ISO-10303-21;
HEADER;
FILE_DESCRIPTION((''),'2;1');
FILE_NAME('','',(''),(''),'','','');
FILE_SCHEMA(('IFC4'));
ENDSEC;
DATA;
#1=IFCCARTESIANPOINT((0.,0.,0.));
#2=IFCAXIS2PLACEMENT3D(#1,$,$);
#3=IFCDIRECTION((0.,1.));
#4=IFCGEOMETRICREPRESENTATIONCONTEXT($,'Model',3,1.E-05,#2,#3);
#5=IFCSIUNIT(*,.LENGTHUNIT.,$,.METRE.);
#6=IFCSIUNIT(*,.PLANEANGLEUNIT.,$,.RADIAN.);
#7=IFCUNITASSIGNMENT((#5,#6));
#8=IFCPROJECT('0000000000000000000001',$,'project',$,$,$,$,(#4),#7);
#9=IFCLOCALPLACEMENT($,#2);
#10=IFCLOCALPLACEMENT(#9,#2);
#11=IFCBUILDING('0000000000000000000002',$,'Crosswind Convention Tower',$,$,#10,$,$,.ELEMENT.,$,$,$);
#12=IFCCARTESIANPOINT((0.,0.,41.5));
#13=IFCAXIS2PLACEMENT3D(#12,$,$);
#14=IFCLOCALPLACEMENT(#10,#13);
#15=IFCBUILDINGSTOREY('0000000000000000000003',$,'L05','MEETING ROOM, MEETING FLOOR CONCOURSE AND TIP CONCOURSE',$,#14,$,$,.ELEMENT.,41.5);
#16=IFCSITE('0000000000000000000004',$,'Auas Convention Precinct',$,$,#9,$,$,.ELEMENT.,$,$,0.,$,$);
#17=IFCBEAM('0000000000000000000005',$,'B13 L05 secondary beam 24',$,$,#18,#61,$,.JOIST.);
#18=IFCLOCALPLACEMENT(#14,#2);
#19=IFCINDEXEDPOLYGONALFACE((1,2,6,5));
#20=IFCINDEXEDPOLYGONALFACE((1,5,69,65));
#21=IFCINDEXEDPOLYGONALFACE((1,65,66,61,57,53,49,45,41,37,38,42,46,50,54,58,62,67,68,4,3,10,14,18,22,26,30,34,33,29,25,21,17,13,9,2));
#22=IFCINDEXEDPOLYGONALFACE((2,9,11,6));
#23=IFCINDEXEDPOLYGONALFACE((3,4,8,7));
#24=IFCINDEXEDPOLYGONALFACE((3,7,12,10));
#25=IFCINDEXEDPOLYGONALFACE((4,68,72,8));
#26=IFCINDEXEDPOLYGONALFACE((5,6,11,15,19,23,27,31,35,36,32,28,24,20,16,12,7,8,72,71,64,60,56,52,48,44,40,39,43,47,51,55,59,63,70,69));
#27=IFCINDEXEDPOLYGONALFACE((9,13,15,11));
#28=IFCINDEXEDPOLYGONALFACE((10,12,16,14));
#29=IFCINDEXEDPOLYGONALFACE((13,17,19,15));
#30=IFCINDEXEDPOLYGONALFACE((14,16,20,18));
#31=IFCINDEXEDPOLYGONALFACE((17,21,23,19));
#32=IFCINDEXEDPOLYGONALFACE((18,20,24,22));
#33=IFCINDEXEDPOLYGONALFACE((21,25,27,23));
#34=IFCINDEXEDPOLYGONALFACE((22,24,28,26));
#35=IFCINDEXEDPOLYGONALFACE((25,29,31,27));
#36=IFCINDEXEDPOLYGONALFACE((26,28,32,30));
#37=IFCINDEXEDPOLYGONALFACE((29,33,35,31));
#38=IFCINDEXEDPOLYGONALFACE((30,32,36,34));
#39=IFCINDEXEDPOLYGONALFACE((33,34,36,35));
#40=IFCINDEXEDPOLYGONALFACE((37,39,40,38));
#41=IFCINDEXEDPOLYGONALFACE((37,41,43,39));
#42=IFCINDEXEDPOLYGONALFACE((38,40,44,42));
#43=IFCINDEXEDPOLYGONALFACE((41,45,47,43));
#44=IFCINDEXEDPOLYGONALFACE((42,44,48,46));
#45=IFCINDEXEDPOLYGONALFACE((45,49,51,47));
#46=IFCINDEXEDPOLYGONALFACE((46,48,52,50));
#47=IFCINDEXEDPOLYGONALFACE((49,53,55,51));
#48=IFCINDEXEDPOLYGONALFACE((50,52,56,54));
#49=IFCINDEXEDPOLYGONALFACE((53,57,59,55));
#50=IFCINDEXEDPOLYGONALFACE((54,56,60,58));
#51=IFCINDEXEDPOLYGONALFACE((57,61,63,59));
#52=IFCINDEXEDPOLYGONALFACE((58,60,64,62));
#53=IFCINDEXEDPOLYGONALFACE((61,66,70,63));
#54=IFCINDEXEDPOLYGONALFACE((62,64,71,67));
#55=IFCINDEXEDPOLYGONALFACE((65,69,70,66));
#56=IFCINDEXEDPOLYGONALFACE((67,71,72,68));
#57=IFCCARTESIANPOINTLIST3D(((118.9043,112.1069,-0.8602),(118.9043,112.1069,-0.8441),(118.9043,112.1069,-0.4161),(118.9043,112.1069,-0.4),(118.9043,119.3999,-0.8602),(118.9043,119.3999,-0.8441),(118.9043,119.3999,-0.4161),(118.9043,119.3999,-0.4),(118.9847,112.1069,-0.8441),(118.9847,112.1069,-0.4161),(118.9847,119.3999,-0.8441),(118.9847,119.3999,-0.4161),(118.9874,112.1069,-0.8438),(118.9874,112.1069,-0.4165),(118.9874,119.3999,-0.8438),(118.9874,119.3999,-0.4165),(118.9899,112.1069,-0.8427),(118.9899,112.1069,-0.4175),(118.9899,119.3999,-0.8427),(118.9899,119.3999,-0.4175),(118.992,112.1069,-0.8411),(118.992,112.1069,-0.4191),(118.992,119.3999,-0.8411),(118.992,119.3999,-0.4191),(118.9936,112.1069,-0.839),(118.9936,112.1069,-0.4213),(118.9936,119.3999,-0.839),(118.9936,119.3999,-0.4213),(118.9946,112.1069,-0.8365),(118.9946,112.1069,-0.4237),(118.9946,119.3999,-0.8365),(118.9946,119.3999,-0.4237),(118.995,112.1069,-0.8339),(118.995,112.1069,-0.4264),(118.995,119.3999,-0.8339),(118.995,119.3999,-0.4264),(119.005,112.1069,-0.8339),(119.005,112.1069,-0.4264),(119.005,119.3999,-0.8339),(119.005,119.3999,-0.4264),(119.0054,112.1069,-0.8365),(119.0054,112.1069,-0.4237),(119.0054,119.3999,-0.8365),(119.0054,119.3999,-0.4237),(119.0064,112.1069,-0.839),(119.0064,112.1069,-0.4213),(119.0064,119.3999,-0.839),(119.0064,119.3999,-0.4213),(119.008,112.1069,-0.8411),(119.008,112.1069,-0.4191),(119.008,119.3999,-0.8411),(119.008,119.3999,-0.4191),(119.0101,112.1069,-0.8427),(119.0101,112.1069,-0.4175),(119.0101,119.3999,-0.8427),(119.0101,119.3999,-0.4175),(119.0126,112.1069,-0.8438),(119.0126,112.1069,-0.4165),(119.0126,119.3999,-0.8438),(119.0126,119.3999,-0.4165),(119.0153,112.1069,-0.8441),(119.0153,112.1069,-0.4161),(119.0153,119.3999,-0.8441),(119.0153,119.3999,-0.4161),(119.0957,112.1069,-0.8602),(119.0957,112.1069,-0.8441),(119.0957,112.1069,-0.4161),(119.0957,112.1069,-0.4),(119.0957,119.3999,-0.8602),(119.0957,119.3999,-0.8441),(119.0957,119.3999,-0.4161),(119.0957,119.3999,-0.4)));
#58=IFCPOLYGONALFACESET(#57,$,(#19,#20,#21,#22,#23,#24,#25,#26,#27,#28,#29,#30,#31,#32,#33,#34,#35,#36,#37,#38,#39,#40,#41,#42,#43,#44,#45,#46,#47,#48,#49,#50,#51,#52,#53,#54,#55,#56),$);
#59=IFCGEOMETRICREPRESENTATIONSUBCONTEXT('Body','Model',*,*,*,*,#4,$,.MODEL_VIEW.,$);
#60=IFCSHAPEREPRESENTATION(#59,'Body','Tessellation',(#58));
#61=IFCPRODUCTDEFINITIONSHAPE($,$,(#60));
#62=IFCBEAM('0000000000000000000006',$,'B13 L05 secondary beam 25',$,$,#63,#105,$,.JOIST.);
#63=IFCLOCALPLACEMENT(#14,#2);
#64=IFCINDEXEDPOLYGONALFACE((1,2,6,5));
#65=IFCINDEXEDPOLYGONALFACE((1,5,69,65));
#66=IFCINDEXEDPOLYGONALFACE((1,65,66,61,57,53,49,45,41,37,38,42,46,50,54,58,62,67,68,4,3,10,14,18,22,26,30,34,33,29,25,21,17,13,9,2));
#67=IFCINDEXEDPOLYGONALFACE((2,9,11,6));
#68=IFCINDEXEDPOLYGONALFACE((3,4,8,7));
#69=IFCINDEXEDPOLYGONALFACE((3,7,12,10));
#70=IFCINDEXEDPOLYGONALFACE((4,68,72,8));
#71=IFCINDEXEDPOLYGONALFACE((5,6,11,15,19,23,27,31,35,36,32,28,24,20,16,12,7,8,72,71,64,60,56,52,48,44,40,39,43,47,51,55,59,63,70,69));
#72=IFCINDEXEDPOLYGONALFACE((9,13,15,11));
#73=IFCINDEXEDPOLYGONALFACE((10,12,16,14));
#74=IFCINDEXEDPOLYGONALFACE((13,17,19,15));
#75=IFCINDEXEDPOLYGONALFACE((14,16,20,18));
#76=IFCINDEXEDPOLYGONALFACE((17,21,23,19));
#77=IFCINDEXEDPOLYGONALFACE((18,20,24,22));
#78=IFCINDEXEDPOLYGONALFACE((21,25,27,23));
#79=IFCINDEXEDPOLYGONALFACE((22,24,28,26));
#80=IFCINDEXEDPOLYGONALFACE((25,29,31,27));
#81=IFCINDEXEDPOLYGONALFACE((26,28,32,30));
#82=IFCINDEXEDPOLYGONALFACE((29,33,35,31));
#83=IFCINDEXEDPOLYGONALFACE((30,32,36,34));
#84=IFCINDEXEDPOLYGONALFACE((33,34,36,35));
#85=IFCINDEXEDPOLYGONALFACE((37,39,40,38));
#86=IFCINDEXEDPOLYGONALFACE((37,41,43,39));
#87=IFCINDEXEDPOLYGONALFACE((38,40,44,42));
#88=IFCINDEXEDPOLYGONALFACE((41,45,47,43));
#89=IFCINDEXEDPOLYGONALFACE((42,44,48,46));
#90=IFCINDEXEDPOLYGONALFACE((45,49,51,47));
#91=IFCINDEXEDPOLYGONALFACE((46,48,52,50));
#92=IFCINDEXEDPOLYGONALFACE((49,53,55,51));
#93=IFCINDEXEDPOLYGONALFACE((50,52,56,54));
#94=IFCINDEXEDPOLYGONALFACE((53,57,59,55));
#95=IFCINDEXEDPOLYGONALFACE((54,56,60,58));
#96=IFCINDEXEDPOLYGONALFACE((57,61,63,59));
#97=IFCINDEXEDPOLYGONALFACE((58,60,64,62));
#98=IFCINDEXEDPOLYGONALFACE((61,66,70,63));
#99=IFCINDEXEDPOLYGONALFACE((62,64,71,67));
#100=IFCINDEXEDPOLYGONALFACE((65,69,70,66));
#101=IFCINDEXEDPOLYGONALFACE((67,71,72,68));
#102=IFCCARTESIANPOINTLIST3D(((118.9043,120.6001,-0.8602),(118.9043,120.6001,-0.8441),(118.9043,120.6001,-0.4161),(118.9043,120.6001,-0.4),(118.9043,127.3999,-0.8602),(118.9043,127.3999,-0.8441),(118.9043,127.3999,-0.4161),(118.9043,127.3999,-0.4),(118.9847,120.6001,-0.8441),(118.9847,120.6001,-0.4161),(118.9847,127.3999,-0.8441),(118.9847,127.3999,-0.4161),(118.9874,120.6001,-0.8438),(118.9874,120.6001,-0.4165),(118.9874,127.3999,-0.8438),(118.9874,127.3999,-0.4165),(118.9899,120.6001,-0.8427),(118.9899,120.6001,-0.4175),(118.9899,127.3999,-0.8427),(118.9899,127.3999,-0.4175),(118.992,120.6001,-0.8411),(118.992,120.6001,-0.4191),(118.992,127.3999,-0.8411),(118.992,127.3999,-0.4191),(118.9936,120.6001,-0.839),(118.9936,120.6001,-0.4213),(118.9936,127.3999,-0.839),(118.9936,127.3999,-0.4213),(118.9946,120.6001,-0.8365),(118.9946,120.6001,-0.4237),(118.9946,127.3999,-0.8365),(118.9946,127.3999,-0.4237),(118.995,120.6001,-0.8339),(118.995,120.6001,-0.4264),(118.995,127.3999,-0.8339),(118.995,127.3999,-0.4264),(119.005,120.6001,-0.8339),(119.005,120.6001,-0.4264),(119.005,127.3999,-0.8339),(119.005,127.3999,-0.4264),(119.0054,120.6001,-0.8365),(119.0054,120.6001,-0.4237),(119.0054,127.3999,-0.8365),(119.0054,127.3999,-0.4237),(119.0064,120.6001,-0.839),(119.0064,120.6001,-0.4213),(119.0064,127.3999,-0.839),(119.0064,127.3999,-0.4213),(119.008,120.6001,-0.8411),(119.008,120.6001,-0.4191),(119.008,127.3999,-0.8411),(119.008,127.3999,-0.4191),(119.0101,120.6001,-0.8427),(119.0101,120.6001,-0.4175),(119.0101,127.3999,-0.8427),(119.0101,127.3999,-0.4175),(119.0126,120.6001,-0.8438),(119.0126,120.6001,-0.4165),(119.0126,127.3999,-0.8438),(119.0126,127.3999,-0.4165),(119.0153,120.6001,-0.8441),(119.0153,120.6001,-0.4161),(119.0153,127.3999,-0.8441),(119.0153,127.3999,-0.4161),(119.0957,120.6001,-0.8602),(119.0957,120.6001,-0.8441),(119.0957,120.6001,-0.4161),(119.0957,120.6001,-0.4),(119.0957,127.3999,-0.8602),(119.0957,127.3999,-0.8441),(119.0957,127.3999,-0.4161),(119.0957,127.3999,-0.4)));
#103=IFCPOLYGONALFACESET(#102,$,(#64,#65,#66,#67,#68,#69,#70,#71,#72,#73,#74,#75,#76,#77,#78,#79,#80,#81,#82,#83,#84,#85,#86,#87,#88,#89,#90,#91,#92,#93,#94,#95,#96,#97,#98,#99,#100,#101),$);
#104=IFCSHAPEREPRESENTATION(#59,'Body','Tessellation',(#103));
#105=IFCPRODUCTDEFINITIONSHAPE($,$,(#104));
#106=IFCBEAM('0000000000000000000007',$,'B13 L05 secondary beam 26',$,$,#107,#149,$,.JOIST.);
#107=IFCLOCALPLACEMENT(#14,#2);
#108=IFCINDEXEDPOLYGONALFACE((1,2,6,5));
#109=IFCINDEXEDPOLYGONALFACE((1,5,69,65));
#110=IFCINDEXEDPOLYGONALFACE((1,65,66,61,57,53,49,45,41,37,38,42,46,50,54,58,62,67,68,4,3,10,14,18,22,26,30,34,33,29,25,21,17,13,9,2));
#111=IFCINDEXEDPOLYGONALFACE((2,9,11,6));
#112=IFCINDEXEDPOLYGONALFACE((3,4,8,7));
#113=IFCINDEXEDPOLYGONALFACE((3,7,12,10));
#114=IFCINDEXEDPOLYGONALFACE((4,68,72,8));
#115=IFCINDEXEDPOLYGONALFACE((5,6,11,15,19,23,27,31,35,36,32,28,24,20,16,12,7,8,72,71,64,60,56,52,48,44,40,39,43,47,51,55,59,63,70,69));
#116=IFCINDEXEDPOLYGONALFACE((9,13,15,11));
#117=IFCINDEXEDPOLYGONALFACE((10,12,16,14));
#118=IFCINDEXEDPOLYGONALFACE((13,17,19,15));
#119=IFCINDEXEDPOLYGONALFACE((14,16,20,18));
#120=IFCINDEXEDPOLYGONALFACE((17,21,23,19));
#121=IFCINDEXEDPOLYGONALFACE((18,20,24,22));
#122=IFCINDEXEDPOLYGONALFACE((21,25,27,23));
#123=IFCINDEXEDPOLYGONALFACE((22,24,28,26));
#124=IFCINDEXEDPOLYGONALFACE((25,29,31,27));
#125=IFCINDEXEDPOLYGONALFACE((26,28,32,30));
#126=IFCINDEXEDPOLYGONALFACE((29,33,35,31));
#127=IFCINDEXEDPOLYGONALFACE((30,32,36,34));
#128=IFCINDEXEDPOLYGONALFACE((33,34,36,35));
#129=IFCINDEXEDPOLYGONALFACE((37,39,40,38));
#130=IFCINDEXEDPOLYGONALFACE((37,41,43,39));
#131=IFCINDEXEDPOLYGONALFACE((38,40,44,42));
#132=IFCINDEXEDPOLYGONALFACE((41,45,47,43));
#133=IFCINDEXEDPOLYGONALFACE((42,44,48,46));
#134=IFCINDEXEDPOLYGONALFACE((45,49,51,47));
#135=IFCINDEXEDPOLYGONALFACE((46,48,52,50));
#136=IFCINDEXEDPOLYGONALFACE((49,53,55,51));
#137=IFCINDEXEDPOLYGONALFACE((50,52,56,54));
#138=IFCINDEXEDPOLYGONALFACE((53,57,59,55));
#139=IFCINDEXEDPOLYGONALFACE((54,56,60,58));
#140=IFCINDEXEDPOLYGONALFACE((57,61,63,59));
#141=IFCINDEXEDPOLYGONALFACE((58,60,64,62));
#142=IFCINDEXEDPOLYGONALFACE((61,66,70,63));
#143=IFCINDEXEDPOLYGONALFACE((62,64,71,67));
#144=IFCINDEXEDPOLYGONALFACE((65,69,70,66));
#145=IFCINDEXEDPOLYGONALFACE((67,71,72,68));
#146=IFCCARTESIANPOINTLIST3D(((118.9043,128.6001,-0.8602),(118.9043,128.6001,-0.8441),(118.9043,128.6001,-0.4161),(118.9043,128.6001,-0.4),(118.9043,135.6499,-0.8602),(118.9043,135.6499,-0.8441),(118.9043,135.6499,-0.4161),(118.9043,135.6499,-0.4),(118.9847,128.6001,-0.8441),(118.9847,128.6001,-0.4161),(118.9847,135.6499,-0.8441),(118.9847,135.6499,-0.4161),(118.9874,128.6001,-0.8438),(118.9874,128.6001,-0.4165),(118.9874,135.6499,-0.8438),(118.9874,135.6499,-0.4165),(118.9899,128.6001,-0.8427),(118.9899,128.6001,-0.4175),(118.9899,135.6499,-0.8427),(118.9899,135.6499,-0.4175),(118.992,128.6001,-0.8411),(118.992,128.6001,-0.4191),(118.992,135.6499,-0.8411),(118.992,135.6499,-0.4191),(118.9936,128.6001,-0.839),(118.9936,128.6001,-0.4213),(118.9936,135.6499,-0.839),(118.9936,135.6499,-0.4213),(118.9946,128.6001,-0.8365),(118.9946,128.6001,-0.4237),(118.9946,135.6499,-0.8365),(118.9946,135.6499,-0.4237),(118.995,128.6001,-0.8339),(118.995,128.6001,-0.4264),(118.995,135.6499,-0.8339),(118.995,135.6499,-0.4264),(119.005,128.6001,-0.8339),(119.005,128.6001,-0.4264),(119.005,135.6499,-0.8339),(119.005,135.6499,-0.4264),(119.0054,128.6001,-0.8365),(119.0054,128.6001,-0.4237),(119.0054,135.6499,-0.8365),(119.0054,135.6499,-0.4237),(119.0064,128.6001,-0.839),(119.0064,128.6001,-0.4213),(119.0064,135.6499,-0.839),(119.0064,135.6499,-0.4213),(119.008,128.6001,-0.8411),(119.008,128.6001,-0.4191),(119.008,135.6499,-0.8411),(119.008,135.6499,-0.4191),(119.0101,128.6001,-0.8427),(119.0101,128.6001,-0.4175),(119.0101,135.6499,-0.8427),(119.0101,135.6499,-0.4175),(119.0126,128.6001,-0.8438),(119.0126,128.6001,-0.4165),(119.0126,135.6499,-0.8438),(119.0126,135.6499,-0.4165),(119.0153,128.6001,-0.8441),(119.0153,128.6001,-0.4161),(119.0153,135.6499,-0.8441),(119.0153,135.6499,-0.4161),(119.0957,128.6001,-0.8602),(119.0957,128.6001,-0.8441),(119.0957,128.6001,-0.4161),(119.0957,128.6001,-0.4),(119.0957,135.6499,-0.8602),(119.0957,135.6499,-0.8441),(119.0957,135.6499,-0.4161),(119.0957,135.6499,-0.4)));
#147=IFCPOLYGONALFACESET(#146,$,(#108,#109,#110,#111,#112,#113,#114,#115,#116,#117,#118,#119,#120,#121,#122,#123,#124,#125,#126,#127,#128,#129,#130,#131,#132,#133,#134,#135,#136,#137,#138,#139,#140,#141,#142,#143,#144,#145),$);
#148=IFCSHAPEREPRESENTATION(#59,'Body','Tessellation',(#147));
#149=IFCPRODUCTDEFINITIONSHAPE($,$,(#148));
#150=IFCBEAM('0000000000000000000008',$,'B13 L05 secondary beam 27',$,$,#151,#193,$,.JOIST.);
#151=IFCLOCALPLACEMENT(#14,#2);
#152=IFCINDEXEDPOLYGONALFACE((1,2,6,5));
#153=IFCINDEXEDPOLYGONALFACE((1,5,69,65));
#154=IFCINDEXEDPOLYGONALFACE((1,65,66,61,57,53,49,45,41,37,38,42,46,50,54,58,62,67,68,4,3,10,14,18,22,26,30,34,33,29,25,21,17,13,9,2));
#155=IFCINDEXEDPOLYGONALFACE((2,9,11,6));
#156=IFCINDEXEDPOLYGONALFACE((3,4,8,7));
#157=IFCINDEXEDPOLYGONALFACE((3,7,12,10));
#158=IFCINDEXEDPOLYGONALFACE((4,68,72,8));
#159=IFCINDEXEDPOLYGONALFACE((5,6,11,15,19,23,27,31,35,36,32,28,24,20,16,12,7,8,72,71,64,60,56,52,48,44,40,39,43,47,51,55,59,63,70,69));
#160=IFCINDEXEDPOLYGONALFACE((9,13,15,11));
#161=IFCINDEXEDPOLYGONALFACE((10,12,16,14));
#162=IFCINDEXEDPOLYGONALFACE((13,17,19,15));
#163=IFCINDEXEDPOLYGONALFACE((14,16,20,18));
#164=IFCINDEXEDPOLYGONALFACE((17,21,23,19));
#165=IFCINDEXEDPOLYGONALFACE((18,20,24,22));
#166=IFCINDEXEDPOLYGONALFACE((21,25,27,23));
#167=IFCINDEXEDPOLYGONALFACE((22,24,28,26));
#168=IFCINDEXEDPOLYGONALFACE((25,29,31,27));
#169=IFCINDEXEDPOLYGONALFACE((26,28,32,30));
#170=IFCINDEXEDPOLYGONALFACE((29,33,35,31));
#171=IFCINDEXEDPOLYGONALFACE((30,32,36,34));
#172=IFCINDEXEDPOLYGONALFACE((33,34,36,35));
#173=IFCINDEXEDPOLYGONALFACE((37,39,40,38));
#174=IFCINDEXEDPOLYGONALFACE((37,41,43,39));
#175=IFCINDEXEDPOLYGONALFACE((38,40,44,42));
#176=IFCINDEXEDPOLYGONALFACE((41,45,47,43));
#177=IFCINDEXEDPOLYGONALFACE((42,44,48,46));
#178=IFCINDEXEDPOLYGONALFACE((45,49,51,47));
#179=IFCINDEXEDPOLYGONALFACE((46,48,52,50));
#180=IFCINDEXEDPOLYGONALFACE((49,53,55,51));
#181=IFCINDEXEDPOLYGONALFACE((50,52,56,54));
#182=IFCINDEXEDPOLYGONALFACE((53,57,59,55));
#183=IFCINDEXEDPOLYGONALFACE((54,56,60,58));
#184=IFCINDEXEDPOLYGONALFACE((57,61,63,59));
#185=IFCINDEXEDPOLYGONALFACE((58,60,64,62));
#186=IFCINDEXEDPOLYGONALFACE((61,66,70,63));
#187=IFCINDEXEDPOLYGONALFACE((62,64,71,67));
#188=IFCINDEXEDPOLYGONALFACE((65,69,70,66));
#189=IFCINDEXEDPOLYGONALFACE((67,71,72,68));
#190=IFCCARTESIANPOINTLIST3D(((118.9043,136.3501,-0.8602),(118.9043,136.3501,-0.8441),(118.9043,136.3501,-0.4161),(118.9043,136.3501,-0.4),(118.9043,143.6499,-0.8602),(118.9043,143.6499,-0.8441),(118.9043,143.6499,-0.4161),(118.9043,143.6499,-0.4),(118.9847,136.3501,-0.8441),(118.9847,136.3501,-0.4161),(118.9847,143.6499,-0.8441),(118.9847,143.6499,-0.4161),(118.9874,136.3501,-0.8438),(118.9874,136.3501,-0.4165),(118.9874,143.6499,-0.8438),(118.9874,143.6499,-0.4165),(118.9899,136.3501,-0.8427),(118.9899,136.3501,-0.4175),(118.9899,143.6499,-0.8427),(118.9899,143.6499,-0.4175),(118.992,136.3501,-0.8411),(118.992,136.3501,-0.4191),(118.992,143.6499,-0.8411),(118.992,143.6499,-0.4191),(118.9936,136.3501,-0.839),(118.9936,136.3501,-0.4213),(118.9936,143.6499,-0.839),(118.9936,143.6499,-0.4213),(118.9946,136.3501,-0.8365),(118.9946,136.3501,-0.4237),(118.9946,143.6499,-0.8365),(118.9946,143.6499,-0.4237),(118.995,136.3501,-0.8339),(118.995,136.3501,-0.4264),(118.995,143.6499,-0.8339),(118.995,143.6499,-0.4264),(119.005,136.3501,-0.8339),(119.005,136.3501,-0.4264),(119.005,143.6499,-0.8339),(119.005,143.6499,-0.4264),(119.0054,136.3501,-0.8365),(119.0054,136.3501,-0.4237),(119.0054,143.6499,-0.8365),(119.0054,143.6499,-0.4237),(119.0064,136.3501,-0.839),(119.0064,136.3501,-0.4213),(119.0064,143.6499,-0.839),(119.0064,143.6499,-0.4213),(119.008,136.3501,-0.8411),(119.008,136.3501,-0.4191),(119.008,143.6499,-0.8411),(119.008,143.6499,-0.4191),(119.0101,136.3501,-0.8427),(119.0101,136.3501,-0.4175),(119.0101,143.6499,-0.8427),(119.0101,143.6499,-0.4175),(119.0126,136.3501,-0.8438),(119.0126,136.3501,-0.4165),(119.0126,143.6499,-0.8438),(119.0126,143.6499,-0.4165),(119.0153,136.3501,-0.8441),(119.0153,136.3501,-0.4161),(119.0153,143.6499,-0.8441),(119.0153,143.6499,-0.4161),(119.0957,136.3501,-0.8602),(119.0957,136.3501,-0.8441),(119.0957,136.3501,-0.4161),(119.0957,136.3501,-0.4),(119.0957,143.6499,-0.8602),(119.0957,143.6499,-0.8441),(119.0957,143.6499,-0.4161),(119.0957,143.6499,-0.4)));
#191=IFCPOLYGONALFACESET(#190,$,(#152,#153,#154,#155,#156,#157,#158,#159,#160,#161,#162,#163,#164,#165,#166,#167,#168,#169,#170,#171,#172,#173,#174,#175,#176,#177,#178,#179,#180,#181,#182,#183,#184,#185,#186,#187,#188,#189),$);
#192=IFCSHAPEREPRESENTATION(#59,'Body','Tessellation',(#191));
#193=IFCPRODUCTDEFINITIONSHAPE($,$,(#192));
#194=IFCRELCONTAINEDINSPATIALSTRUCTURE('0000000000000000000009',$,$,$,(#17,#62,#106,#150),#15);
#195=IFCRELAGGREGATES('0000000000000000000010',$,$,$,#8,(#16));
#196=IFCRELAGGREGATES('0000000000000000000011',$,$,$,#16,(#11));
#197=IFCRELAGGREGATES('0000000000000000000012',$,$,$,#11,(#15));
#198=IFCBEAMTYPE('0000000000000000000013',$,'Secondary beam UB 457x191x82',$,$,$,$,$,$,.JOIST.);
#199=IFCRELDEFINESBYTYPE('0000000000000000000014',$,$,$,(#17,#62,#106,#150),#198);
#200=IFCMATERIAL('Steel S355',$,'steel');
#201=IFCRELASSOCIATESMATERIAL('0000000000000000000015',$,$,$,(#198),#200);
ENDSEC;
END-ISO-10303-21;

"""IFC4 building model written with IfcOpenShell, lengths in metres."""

from ifc_helpers import new_model, si_unit, direction, frame, origin, origin_2d, place, context, subcontext, project, spatial, i_section, extrude, material, material_profile, profile_set, type_object, element, save


model = new_model("IFC4")

# Units and contexts
model_context = context("Model", 3, precision=1e-05, world=origin(), true_north=direction((0.0, 1.0)))
body_context = subcontext(model_context, "Body", "Model", "MODEL_VIEW")
ifc_project = project(units=[si_unit("LENGTHUNIT", "METRE"), si_unit("PLANEANGLEUNIT", "RADIAN")], contexts=[model_context])

# Site, building, storey
site_placement = place(None, origin())
site = spatial("IfcSite", under=ifc_project, at=site_placement, Name="Auas Convention Precinct", CompositionType="ELEMENT", RefElevation=0.0)
building_placement = place(site_placement, origin())
building = spatial("IfcBuilding", under=site, at=building_placement, Name="Crosswind Convention Tower", CompositionType="ELEMENT")
storey_placement = place(building_placement, frame((0.0, 0.0, 41.5)))
storey = spatial("IfcBuildingStorey", under=building, at=storey_placement, Name="L05", Description="MEETING ROOM, MEETING FLOOR CONCOURSE AND TIP CONCOURSE", CompositionType="ELEMENT", Elevation=41.5)

# Shared definitions
ifc_material_1 = material(Name="Steel S355", Category="steel")

# Beams
ifc_material_profile_1 = material_profile(ifc_material_1, i_section(OverallWidth=0.1914, OverallDepth=0.4602, WebThickness=0.01, FlangeThickness=0.0161, FilletRadius=0.0103, at=origin_2d()), Name="UB 457x191x82")
ifc_profile_set_1 = profile_set([ifc_material_profile_1], Name="Steel S355")
beam_type_1 = type_object("IfcBeamType", Name="Secondary beam UB 457x191x82", PredefinedType="JOIST", material=ifc_profile_set_1)
beam_1_placement = place(storey_placement, frame((119.0, 112.1069, -0.6301), z_axis=(0.0, 1.0, 0.0), x_axis=(-1.0, 0.0, 0.0)))
element("IfcBeam", 1, at=beam_1_placement, inside=storey, type_object=beam_type_1, Name="B13 L05 secondary beam 24", PredefinedType="JOIST", context=body_context, shape_type="SweptSolid", body=[
    extrude(i_section(OverallWidth=0.1914, OverallDepth=0.4602, WebThickness=0.01, FlangeThickness=0.0161, FilletRadius=0.0103, at=origin_2d()), origin(), (0.0, 0.0, 1.0), 7.293),
])
beam_2_placement = place(storey_placement, frame((119.0, 120.6001, -0.6301), z_axis=(0.0, 1.0, 0.0), x_axis=(-1.0, 0.0, 0.0)))
element("IfcBeam", 2, at=beam_2_placement, inside=storey, type_object=beam_type_1, Name="B13 L05 secondary beam 25", PredefinedType="JOIST", context=body_context, shape_type="SweptSolid", body=[
    extrude(i_section(OverallWidth=0.1914, OverallDepth=0.4602, WebThickness=0.01, FlangeThickness=0.0161, FilletRadius=0.0103, at=origin_2d()), origin(), (0.0, 0.0, 1.0), 6.7998),
])
beam_3_placement = place(storey_placement, frame((119.0, 128.6001, -0.6301), z_axis=(0.0, 1.0, 0.0), x_axis=(-1.0, 0.0, 0.0)))
element("IfcBeam", 3, at=beam_3_placement, inside=storey, type_object=beam_type_1, Name="B13 L05 secondary beam 26", PredefinedType="JOIST", context=body_context, shape_type="SweptSolid", body=[
    extrude(i_section(OverallWidth=0.1914, OverallDepth=0.4602, WebThickness=0.01, FlangeThickness=0.0161, FilletRadius=0.0103, at=origin_2d()), origin(), (0.0, 0.0, 1.0), 7.0498),
])
beam_4_placement = place(storey_placement, frame((119.0, 136.3501, -0.6301), z_axis=(0.0, 1.0, 0.0), x_axis=(-1.0, 0.0, 0.0)))
element("IfcBeam", 4, at=beam_4_placement, inside=storey, type_object=beam_type_1, Name="B13 L05 secondary beam 27", PredefinedType="JOIST", context=body_context, shape_type="SweptSolid", body=[
    extrude(i_section(OverallWidth=0.1914, OverallDepth=0.4602, WebThickness=0.01, FlangeThickness=0.0161, FilletRadius=0.0103, at=origin_2d()), origin(), (0.0, 0.0, 1.0), 7.2998),
])

save(model, "model.ifc")
